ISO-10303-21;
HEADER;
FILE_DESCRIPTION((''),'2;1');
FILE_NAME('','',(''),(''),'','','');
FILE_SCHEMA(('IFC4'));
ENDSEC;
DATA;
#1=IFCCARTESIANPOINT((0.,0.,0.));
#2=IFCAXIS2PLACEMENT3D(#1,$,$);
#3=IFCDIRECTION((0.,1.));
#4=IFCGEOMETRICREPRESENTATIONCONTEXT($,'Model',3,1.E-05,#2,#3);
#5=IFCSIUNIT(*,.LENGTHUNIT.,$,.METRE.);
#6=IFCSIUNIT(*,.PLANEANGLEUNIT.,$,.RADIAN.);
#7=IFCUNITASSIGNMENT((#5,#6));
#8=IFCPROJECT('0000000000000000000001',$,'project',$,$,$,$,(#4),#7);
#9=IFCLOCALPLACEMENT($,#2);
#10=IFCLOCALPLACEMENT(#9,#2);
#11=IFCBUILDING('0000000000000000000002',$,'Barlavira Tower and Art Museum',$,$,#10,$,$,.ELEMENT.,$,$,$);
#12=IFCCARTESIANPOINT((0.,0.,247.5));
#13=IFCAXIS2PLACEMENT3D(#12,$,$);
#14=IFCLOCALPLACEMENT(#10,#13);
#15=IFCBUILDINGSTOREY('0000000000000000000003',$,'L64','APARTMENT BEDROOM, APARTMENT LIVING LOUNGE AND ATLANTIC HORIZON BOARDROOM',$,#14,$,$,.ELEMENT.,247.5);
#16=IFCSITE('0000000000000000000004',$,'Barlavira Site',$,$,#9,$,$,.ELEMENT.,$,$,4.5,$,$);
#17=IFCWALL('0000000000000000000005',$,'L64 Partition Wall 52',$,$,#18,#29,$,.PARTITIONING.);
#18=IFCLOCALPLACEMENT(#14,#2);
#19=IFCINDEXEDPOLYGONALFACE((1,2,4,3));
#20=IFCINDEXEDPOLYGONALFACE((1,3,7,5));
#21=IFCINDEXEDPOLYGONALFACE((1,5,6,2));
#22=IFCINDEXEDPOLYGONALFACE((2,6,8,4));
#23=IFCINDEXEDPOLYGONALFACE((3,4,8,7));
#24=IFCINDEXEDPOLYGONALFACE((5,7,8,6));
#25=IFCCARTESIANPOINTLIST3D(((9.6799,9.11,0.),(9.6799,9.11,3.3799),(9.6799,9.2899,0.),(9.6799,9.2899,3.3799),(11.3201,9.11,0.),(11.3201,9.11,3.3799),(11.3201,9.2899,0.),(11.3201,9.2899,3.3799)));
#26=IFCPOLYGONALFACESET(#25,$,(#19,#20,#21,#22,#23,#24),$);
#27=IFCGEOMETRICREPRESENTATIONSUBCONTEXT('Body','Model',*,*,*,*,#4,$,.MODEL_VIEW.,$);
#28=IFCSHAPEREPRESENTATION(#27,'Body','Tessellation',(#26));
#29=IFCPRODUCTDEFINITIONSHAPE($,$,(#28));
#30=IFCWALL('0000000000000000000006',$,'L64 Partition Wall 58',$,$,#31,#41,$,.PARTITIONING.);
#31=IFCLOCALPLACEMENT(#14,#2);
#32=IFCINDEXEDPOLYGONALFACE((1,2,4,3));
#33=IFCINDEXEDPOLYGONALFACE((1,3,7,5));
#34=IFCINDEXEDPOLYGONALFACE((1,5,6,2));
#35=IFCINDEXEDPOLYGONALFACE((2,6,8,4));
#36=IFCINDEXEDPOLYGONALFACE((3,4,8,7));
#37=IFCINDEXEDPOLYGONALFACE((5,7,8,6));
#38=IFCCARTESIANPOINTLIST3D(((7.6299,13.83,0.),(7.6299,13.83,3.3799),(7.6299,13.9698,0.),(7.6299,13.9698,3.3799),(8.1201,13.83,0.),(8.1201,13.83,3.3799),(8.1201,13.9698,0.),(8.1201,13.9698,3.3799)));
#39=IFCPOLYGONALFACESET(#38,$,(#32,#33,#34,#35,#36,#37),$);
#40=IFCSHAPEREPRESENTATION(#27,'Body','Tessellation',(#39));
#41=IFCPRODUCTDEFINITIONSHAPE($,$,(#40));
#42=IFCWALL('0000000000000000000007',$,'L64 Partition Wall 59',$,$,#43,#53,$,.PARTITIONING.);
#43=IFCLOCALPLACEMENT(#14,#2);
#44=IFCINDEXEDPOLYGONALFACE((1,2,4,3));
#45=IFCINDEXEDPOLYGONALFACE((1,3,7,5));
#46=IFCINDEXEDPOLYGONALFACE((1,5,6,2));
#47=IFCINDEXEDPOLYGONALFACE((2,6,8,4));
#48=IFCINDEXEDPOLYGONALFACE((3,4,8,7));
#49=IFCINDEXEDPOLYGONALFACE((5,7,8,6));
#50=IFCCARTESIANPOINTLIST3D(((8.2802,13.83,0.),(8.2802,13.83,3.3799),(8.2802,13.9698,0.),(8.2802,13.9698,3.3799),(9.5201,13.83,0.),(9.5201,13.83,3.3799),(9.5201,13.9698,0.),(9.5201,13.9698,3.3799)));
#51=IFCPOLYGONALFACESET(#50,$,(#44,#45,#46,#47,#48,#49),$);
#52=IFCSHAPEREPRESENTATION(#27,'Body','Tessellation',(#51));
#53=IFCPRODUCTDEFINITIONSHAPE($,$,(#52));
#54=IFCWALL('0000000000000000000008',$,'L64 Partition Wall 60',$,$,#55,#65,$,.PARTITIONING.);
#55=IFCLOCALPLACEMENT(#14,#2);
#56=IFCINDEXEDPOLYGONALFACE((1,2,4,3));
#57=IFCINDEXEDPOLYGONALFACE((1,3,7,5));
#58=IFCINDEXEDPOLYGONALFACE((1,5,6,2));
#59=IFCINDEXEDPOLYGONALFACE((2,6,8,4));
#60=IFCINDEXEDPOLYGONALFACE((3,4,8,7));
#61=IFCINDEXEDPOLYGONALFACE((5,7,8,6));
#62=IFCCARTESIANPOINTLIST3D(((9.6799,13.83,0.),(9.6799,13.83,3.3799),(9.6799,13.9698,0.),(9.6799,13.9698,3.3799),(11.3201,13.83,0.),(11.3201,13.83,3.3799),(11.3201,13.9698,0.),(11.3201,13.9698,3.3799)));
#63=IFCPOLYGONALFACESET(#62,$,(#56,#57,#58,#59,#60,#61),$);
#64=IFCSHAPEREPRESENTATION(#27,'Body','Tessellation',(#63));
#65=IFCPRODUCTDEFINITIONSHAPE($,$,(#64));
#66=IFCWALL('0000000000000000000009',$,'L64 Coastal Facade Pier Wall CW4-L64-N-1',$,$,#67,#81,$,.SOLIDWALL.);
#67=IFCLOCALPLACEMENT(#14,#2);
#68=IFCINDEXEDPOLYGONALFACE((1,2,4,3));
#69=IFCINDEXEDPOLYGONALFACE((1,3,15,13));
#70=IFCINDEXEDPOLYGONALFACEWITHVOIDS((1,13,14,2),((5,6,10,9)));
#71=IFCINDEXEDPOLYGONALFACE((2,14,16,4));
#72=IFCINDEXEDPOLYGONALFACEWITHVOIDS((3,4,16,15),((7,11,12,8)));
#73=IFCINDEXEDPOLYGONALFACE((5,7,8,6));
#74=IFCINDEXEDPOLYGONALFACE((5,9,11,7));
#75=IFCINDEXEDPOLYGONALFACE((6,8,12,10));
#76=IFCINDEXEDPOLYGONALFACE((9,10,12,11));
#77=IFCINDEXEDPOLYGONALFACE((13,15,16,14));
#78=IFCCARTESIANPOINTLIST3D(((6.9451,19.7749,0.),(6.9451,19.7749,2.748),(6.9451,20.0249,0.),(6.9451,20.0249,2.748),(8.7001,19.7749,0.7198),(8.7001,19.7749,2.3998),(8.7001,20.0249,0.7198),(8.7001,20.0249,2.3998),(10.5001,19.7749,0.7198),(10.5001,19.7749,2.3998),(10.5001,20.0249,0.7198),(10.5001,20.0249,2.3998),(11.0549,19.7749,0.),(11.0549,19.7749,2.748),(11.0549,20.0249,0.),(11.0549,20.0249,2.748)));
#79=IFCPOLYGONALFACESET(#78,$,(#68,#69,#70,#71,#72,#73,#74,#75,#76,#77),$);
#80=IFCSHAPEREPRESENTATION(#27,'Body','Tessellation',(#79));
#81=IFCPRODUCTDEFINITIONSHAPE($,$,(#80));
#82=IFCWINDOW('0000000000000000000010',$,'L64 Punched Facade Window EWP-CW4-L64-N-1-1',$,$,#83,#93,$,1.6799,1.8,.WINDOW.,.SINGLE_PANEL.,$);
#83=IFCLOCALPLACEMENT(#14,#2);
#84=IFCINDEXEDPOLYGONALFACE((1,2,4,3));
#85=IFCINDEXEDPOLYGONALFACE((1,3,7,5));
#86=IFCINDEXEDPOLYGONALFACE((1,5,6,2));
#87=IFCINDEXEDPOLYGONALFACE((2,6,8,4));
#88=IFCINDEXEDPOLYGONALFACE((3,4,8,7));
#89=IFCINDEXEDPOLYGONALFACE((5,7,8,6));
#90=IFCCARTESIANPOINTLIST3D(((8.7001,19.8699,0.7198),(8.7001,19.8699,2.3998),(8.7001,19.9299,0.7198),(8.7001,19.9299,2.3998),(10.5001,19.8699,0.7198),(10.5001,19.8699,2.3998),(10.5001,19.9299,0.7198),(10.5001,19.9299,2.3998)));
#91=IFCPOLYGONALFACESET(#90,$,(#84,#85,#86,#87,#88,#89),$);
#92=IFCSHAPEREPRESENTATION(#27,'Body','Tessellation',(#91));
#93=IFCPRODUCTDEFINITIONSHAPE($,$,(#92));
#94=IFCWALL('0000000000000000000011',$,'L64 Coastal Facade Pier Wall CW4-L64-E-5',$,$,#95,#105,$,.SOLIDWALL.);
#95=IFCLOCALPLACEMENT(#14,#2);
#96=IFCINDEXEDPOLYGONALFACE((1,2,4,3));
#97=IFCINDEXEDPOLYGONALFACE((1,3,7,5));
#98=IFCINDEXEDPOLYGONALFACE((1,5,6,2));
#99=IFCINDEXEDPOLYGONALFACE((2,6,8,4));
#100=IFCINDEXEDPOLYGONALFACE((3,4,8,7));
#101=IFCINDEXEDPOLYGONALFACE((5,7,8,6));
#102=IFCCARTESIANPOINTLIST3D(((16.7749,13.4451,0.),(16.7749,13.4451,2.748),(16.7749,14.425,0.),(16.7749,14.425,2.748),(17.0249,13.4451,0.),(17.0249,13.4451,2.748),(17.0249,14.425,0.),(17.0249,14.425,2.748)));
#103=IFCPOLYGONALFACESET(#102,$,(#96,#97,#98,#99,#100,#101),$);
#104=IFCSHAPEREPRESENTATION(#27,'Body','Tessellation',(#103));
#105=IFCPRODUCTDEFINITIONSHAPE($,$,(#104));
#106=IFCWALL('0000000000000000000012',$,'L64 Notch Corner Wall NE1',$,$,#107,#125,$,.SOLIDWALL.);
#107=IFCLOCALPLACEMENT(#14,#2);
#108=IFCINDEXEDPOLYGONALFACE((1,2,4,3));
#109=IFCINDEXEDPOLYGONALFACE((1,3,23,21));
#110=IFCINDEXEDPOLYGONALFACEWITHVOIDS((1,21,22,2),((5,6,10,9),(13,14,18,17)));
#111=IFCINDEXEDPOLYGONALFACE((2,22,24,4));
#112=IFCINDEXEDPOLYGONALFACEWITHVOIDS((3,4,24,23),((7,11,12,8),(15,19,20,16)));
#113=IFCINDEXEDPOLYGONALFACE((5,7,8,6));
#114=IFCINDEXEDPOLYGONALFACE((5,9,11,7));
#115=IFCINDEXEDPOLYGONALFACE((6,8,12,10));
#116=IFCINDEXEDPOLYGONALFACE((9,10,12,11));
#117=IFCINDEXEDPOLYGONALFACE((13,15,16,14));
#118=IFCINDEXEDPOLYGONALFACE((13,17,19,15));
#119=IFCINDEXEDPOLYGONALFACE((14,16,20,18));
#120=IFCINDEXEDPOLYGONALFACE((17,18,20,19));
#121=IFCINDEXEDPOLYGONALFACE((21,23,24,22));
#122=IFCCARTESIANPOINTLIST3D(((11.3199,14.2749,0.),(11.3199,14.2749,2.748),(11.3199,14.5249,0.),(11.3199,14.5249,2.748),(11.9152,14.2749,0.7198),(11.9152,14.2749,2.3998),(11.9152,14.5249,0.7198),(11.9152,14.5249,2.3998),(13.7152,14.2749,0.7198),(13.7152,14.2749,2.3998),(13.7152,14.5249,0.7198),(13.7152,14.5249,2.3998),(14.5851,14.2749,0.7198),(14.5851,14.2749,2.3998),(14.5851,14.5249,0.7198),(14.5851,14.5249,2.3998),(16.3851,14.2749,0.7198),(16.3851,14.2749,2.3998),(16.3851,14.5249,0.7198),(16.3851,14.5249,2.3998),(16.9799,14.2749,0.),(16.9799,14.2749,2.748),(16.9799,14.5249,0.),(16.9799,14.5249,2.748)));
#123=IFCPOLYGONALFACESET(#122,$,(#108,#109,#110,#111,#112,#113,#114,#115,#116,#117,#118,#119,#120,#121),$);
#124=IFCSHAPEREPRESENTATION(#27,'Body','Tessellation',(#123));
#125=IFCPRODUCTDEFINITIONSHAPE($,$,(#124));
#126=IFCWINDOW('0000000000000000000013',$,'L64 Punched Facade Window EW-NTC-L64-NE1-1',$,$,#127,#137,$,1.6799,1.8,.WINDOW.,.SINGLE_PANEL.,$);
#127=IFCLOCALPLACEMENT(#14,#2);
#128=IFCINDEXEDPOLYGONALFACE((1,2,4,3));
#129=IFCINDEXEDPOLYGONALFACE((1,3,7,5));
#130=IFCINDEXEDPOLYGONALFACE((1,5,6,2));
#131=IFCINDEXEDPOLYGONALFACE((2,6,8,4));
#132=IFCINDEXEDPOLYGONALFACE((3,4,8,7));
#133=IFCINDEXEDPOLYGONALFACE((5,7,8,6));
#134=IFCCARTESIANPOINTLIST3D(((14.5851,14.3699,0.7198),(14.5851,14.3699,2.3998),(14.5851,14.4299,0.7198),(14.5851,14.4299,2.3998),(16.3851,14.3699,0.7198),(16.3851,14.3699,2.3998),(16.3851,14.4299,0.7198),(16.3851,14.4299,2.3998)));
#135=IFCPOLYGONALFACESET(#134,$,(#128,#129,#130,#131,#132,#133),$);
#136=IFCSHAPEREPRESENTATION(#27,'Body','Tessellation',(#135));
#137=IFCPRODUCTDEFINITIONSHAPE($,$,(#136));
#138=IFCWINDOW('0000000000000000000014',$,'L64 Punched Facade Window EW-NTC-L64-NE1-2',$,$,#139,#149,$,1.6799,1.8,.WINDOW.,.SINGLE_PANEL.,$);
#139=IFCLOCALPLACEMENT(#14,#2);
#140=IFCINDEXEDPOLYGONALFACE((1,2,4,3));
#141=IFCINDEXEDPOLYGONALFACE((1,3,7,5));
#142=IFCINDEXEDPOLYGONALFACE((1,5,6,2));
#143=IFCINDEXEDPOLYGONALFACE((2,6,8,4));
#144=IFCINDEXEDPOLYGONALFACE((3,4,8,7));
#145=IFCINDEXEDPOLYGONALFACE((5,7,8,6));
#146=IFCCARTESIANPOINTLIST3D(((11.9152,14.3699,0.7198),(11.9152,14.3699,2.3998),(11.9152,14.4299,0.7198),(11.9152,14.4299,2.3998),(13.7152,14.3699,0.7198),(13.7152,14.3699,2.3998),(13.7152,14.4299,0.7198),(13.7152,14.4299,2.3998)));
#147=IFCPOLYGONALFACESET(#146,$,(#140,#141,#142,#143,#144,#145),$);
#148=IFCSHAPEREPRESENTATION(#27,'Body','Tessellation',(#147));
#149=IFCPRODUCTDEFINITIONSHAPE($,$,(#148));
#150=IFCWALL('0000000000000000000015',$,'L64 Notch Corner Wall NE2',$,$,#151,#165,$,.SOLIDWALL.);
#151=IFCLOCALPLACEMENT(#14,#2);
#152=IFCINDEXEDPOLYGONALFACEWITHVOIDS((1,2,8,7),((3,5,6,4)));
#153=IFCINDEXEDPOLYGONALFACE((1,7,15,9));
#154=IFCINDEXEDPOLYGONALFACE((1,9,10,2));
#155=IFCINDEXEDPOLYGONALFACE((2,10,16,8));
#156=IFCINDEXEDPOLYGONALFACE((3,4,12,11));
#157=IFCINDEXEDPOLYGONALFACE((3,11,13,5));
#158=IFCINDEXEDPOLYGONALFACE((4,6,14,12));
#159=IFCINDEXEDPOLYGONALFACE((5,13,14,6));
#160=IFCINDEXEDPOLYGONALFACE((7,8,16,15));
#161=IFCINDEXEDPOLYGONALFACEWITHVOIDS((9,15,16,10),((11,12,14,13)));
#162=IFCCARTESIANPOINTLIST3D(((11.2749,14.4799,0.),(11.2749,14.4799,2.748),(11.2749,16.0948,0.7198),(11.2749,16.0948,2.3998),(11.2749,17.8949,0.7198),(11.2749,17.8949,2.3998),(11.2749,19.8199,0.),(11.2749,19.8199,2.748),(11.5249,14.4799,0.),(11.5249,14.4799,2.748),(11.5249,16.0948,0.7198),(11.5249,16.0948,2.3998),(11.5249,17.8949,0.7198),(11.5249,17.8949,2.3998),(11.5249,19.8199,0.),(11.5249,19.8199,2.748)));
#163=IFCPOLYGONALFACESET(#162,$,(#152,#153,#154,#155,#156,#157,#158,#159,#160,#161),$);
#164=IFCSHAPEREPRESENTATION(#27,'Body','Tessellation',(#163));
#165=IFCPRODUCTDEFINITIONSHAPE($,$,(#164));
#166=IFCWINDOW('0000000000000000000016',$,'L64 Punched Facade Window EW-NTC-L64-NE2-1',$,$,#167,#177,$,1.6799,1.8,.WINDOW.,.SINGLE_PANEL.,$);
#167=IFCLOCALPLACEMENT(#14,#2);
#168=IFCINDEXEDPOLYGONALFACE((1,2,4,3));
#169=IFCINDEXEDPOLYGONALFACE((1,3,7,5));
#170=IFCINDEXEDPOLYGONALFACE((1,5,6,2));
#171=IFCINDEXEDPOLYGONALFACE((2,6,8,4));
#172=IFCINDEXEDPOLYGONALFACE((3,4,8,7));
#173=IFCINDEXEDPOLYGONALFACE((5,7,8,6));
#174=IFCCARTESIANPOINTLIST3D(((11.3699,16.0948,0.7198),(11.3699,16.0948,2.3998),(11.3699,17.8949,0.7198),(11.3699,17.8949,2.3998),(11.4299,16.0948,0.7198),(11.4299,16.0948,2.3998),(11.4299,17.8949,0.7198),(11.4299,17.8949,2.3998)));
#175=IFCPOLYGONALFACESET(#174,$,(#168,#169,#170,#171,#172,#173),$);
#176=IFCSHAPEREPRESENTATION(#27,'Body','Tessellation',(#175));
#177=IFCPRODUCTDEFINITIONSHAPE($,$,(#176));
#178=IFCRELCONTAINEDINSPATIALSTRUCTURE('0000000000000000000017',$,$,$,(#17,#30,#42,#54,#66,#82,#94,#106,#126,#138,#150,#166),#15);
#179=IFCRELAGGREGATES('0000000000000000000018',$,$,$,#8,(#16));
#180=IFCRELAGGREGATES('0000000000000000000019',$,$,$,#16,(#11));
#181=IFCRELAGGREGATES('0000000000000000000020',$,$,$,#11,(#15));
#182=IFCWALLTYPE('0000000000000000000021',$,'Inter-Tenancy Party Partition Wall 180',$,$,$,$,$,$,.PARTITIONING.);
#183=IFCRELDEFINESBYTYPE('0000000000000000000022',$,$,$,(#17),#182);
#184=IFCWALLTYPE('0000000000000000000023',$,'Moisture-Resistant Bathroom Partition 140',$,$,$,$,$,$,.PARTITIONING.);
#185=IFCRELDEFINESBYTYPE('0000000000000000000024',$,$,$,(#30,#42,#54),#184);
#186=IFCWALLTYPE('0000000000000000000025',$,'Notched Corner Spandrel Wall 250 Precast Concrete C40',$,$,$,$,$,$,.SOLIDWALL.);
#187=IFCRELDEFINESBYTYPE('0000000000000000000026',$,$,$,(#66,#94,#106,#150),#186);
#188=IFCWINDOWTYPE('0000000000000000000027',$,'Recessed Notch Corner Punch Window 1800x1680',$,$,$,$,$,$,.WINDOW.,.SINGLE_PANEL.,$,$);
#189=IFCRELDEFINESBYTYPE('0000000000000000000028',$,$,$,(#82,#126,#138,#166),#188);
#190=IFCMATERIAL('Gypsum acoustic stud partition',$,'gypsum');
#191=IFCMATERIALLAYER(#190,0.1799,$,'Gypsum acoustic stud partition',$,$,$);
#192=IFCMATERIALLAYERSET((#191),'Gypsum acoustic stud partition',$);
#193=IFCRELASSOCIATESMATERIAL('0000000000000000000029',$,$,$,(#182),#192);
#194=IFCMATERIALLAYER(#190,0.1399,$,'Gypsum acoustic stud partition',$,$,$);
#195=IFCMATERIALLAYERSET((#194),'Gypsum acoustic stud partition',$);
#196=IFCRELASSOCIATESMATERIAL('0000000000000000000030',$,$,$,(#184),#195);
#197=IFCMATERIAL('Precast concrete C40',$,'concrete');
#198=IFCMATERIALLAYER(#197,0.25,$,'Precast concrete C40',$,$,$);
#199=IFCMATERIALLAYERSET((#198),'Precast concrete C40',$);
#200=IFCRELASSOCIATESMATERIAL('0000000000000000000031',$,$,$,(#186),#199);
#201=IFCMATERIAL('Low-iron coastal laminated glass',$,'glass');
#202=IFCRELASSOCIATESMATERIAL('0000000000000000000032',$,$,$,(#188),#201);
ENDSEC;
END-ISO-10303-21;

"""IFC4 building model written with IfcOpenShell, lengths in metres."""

from ifc_helpers import new_model, si_unit, direction, frame, frame_2d, origin, place, context, subcontext, project, spatial, rectangle, extrude, material, layer, layer_set, type_object, element, fill, save


model = new_model("IFC4")

# Units and contexts
model_context = context("Model", 3, precision=1e-05, world=origin(), true_north=direction((0.0, 1.0)))
body_context = subcontext(model_context, "Body", "Model", "MODEL_VIEW")
ifc_project = project(units=[si_unit("LENGTHUNIT", "METRE"), si_unit("PLANEANGLEUNIT", "RADIAN")], contexts=[model_context])

# Site, building, storey
site_placement = place(None, origin())
site = spatial("IfcSite", under=ifc_project, at=site_placement, Name="Barlavira Site", CompositionType="ELEMENT", RefElevation=4.5)
building_placement = place(site_placement, origin())
building = spatial("IfcBuilding", under=site, at=building_placement, Name="Barlavira Tower and Art Museum", CompositionType="ELEMENT")
storey_placement = place(building_placement, frame((0.0, 0.0, 247.5)))
storey = spatial("IfcBuildingStorey", under=building, at=storey_placement, Name="L64", Description="APARTMENT BEDROOM, APARTMENT LIVING LOUNGE AND ATLANTIC HORIZON BOARDROOM", CompositionType="ELEMENT", Elevation=247.5)

# Shared definitions
ifc_material_1 = material(Name="Gypsum acoustic stud partition", Category="gypsum")

# Walls
ifc_layer_1 = layer(ifc_material_1, 0.1799, Name="Gypsum acoustic stud partition")
ifc_layer_set_1 = layer_set([ifc_layer_1], Name="Gypsum acoustic stud partition")
wall_type_1 = type_object("IfcWallType", Name="Inter-Tenancy Party Partition Wall 180", PredefinedType="PARTITIONING", material=ifc_layer_set_1)
wall_1_placement = place(storey_placement, frame((9.6799, 9.2, 0.0), z_axis=(0.0, 0.0, 1.0), x_axis=(1.0, 0.0, 0.0)))
element("IfcWall", 1, at=wall_1_placement, inside=storey, type_object=wall_type_1, Name="L64 Partition Wall 52", PredefinedType="PARTITIONING", context=body_context, shape_type="SweptSolid", body=[
    extrude(rectangle(XDim=1.6401, YDim=0.1799, at=frame_2d((0.8201, 0.0))), origin(), (0.0, 0.0, 1.0), 3.3799),
])
ifc_layer_2 = layer(ifc_material_1, 0.1399, Name="Gypsum acoustic stud partition")
ifc_layer_set_2 = layer_set([ifc_layer_2], Name="Gypsum acoustic stud partition")
wall_type_2 = type_object("IfcWallType", Name="Moisture-Resistant Bathroom Partition 140", PredefinedType="PARTITIONING", material=ifc_layer_set_2)
wall_2_placement = place(storey_placement, frame((7.6299, 13.8999, 0.0), z_axis=(0.0, 0.0, 1.0), x_axis=(1.0, 0.0, 0.0)))
element("IfcWall", 2, at=wall_2_placement, inside=storey, type_object=wall_type_2, Name="L64 Partition Wall 58", PredefinedType="PARTITIONING", context=body_context, shape_type="SweptSolid", body=[
    extrude(rectangle(XDim=0.4902, YDim=0.1399, at=frame_2d((0.2451, 0.0))), origin(), (0.0, 0.0, 1.0), 3.3799),
])
wall_3_placement = place(storey_placement, frame((8.28, 13.8999, 0.0), z_axis=(0.0, 0.0, 1.0), x_axis=(1.0, 0.0, 0.0)))
element("IfcWall", 3, at=wall_3_placement, inside=storey, type_object=wall_type_2, Name="L64 Partition Wall 59", PredefinedType="PARTITIONING", context=body_context, shape_type="SweptSolid", body=[
    extrude(rectangle(XDim=1.24, YDim=0.1399, at=frame_2d((0.6201, 0.0))), origin(), (0.0, 0.0, 1.0), 3.3799),
])
wall_4_placement = place(storey_placement, frame((9.6799, 13.8999, 0.0), z_axis=(0.0, 0.0, 1.0), x_axis=(1.0, 0.0, 0.0)))
element("IfcWall", 4, at=wall_4_placement, inside=storey, type_object=wall_type_2, Name="L64 Partition Wall 60", PredefinedType="PARTITIONING", context=body_context, shape_type="SweptSolid", body=[
    extrude(rectangle(XDim=1.6401, YDim=0.1399, at=frame_2d((0.8201, 0.0))), origin(), (0.0, 0.0, 1.0), 3.3799),
])

# Wall, opening, window
ifc_material_2 = material(Name="Precast concrete C40", Category="concrete")
ifc_layer_3 = layer(ifc_material_2, 0.25, Name="Precast concrete C40")
ifc_layer_set_3 = layer_set([ifc_layer_3], Name="Precast concrete C40")
wall_type_3 = type_object("IfcWallType", Name="Notched Corner Spandrel Wall 250 Precast Concrete C40", PredefinedType="SOLIDWALL", material=ifc_layer_set_3)
wall_5_placement = place(storey_placement, frame((11.0549, 19.8999, 0.0), z_axis=(0.0, 0.0, 1.0), x_axis=(-1.0, 0.0, 0.0)))
wall_5 = element("IfcWall", 5, at=wall_5_placement, inside=storey, type_object=wall_type_3, Name="L64 Coastal Facade Pier Wall CW4-L64-N-1", PredefinedType="SOLIDWALL", context=body_context, shape_type="SweptSolid", body=[
    extrude(rectangle(XDim=4.1099, YDim=0.25, at=frame_2d((2.0549, 0.0))), origin(), (0.0, 0.0, 1.0), 2.748),
])
opening_1_placement = place(wall_5_placement, frame((0.5549, 0.0, 0.72)))
opening_1 = element("IfcOpeningElement", 6, at=opening_1_placement, cuts=wall_5, PredefinedType="OPENING", context=body_context, shape_type="SweptSolid", body=[
    extrude(rectangle(XDim=1.8, YDim=1.6799, at=frame_2d((0.8999, 0.8398))), frame((0.0, 0.135, 0.0), z_axis=(0.0, -1.0, 0.0), x_axis=(1.0, 0.0, 0.0)), (0.0, 0.0, 1.0), 0.27),
])
ifc_material_3 = material(Name="Low-iron coastal laminated glass", Category="glass")
window_type = type_object("IfcWindowType", Name="Recessed Notch Corner Punch Window 1800x1680", PartitioningType="SINGLE_PANEL", PredefinedType="WINDOW", material=ifc_material_3)
window_1_placement = place(opening_1_placement, origin())
window_1 = element("IfcWindow", 7, at=window_1_placement, inside=storey, type_object=window_type, Name="L64 Punched Facade Window EWP-CW4-L64-N-1-1", OverallHeight=1.6799, OverallWidth=1.8, PartitioningType="SINGLE_PANEL", PredefinedType="WINDOW", context=body_context, shape_type="SweptSolid", body=[
    extrude(rectangle(XDim=1.8, YDim=1.6799, at=frame_2d((0.8999, 0.8398))), frame((0.0, 0.03, 0.0), z_axis=(0.0, -1.0, 0.0), x_axis=(1.0, 0.0, 0.0)), (0.0, 0.0, 1.0), 0.0601),
])
fill(opening_1, window_1)

# Wall
wall_6_placement = place(storey_placement, frame((16.8999, 13.4451, 0.0), z_axis=(0.0, 0.0, 1.0), x_axis=(0.0, 1.0, 0.0)))
element("IfcWall", 8, at=wall_6_placement, inside=storey, type_object=wall_type_3, Name="L64 Coastal Facade Pier Wall CW4-L64-E-5", PredefinedType="SOLIDWALL", context=body_context, shape_type="SweptSolid", body=[
    extrude(rectangle(XDim=0.98, YDim=0.25, at=frame_2d((0.49, 0.0))), origin(), (0.0, 0.0, 1.0), 2.748),
])

# Wall, openings, windows
wall_7_placement = place(storey_placement, frame((16.98, 14.3999, 0.0), z_axis=(0.0, 0.0, 1.0), x_axis=(-1.0, 0.0, 0.0)))
wall_7 = element("IfcWall", 9, at=wall_7_placement, inside=storey, type_object=wall_type_3, Name="L64 Notch Corner Wall NE1", PredefinedType="SOLIDWALL", context=body_context, shape_type="SweptSolid", body=[
    extrude(rectangle(XDim=5.6599, YDim=0.25, at=frame_2d((2.8301, 0.0))), origin(), (0.0, 0.0, 1.0), 2.748),
])
opening_2_placement = place(wall_7_placement, frame((0.595, 0.0, 0.72)))
opening_2 = element("IfcOpeningElement", 10, at=opening_2_placement, cuts=wall_7, PredefinedType="OPENING", context=body_context, shape_type="SweptSolid", body=[
    extrude(rectangle(XDim=1.8, YDim=1.6799, at=frame_2d((0.8999, 0.8398))), frame((0.0, 0.135, 0.0), z_axis=(0.0, -1.0, 0.0), x_axis=(1.0, 0.0, 0.0)), (0.0, 0.0, 1.0), 0.27),
])
opening_3_placement = place(wall_7_placement, frame((3.2649, 0.0, 0.72)))
opening_3 = element("IfcOpeningElement", 11, at=opening_3_placement, cuts=wall_7, PredefinedType="OPENING", context=body_context, shape_type="SweptSolid", body=[
    extrude(rectangle(XDim=1.8, YDim=1.6799, at=frame_2d((0.8999, 0.8398))), frame((0.0, 0.135, 0.0), z_axis=(0.0, -1.0, 0.0), x_axis=(1.0, 0.0, 0.0)), (0.0, 0.0, 1.0), 0.27),
])
window_2_placement = place(opening_2_placement, origin())
window_2 = element("IfcWindow", 12, at=window_2_placement, inside=storey, type_object=window_type, Name="L64 Punched Facade Window EW-NTC-L64-NE1-1", OverallHeight=1.6799, OverallWidth=1.8, PartitioningType="SINGLE_PANEL", PredefinedType="WINDOW", context=body_context, shape_type="SweptSolid", body=[
    extrude(rectangle(XDim=1.8, YDim=1.6799, at=frame_2d((0.8999, 0.8398))), frame((0.0, 0.03, 0.0), z_axis=(0.0, -1.0, 0.0), x_axis=(1.0, 0.0, 0.0)), (0.0, 0.0, 1.0), 0.0601),
])
fill(opening_2, window_2)
window_3_placement = place(opening_3_placement, origin())
window_3 = element("IfcWindow", 13, at=window_3_placement, inside=storey, type_object=window_type, Name="L64 Punched Facade Window EW-NTC-L64-NE1-2", OverallHeight=1.6799, OverallWidth=1.8, PartitioningType="SINGLE_PANEL", PredefinedType="WINDOW", context=body_context, shape_type="SweptSolid", body=[
    extrude(rectangle(XDim=1.8, YDim=1.6799, at=frame_2d((0.8999, 0.8398))), frame((0.0, 0.03, 0.0), z_axis=(0.0, -1.0, 0.0), x_axis=(1.0, 0.0, 0.0)), (0.0, 0.0, 1.0), 0.0601),
])
fill(opening_3, window_3)

# Wall, opening, window
wall_8_placement = place(storey_placement, frame((11.3999, 14.48, 0.0), z_axis=(0.0, 0.0, 1.0), x_axis=(0.0, 1.0, 0.0)))
wall_8 = element("IfcWall", 14, at=wall_8_placement, inside=storey, type_object=wall_type_3, Name="L64 Notch Corner Wall NE2", PredefinedType="SOLIDWALL", context=body_context, shape_type="SweptSolid", body=[
    extrude(rectangle(XDim=5.3401, YDim=0.25, at=frame_2d((2.6699, 0.0))), origin(), (0.0, 0.0, 1.0), 2.748),
])
opening_4_placement = place(wall_8_placement, frame((1.615, 0.0, 0.72)))
opening_4 = element("IfcOpeningElement", 15, at=opening_4_placement, cuts=wall_8, PredefinedType="OPENING", context=body_context, shape_type="SweptSolid", body=[
    extrude(rectangle(XDim=1.8, YDim=1.6799, at=frame_2d((0.8999, 0.8398))), frame((0.0, 0.135, 0.0), z_axis=(0.0, -1.0, 0.0), x_axis=(1.0, 0.0, 0.0)), (0.0, 0.0, 1.0), 0.27),
])
window_4_placement = place(opening_4_placement, origin())
window_4 = element("IfcWindow", 16, at=window_4_placement, inside=storey, type_object=window_type, Name="L64 Punched Facade Window EW-NTC-L64-NE2-1", OverallHeight=1.6799, OverallWidth=1.8, PartitioningType="SINGLE_PANEL", PredefinedType="WINDOW", context=body_context, shape_type="SweptSolid", body=[
    extrude(rectangle(XDim=1.8, YDim=1.6799, at=frame_2d((0.8999, 0.8398))), frame((0.0, 0.03, 0.0), z_axis=(0.0, -1.0, 0.0), x_axis=(1.0, 0.0, 0.0)), (0.0, 0.0, 1.0), 0.0601),
])
fill(opening_4, window_4)

save(model, "model.ifc")
